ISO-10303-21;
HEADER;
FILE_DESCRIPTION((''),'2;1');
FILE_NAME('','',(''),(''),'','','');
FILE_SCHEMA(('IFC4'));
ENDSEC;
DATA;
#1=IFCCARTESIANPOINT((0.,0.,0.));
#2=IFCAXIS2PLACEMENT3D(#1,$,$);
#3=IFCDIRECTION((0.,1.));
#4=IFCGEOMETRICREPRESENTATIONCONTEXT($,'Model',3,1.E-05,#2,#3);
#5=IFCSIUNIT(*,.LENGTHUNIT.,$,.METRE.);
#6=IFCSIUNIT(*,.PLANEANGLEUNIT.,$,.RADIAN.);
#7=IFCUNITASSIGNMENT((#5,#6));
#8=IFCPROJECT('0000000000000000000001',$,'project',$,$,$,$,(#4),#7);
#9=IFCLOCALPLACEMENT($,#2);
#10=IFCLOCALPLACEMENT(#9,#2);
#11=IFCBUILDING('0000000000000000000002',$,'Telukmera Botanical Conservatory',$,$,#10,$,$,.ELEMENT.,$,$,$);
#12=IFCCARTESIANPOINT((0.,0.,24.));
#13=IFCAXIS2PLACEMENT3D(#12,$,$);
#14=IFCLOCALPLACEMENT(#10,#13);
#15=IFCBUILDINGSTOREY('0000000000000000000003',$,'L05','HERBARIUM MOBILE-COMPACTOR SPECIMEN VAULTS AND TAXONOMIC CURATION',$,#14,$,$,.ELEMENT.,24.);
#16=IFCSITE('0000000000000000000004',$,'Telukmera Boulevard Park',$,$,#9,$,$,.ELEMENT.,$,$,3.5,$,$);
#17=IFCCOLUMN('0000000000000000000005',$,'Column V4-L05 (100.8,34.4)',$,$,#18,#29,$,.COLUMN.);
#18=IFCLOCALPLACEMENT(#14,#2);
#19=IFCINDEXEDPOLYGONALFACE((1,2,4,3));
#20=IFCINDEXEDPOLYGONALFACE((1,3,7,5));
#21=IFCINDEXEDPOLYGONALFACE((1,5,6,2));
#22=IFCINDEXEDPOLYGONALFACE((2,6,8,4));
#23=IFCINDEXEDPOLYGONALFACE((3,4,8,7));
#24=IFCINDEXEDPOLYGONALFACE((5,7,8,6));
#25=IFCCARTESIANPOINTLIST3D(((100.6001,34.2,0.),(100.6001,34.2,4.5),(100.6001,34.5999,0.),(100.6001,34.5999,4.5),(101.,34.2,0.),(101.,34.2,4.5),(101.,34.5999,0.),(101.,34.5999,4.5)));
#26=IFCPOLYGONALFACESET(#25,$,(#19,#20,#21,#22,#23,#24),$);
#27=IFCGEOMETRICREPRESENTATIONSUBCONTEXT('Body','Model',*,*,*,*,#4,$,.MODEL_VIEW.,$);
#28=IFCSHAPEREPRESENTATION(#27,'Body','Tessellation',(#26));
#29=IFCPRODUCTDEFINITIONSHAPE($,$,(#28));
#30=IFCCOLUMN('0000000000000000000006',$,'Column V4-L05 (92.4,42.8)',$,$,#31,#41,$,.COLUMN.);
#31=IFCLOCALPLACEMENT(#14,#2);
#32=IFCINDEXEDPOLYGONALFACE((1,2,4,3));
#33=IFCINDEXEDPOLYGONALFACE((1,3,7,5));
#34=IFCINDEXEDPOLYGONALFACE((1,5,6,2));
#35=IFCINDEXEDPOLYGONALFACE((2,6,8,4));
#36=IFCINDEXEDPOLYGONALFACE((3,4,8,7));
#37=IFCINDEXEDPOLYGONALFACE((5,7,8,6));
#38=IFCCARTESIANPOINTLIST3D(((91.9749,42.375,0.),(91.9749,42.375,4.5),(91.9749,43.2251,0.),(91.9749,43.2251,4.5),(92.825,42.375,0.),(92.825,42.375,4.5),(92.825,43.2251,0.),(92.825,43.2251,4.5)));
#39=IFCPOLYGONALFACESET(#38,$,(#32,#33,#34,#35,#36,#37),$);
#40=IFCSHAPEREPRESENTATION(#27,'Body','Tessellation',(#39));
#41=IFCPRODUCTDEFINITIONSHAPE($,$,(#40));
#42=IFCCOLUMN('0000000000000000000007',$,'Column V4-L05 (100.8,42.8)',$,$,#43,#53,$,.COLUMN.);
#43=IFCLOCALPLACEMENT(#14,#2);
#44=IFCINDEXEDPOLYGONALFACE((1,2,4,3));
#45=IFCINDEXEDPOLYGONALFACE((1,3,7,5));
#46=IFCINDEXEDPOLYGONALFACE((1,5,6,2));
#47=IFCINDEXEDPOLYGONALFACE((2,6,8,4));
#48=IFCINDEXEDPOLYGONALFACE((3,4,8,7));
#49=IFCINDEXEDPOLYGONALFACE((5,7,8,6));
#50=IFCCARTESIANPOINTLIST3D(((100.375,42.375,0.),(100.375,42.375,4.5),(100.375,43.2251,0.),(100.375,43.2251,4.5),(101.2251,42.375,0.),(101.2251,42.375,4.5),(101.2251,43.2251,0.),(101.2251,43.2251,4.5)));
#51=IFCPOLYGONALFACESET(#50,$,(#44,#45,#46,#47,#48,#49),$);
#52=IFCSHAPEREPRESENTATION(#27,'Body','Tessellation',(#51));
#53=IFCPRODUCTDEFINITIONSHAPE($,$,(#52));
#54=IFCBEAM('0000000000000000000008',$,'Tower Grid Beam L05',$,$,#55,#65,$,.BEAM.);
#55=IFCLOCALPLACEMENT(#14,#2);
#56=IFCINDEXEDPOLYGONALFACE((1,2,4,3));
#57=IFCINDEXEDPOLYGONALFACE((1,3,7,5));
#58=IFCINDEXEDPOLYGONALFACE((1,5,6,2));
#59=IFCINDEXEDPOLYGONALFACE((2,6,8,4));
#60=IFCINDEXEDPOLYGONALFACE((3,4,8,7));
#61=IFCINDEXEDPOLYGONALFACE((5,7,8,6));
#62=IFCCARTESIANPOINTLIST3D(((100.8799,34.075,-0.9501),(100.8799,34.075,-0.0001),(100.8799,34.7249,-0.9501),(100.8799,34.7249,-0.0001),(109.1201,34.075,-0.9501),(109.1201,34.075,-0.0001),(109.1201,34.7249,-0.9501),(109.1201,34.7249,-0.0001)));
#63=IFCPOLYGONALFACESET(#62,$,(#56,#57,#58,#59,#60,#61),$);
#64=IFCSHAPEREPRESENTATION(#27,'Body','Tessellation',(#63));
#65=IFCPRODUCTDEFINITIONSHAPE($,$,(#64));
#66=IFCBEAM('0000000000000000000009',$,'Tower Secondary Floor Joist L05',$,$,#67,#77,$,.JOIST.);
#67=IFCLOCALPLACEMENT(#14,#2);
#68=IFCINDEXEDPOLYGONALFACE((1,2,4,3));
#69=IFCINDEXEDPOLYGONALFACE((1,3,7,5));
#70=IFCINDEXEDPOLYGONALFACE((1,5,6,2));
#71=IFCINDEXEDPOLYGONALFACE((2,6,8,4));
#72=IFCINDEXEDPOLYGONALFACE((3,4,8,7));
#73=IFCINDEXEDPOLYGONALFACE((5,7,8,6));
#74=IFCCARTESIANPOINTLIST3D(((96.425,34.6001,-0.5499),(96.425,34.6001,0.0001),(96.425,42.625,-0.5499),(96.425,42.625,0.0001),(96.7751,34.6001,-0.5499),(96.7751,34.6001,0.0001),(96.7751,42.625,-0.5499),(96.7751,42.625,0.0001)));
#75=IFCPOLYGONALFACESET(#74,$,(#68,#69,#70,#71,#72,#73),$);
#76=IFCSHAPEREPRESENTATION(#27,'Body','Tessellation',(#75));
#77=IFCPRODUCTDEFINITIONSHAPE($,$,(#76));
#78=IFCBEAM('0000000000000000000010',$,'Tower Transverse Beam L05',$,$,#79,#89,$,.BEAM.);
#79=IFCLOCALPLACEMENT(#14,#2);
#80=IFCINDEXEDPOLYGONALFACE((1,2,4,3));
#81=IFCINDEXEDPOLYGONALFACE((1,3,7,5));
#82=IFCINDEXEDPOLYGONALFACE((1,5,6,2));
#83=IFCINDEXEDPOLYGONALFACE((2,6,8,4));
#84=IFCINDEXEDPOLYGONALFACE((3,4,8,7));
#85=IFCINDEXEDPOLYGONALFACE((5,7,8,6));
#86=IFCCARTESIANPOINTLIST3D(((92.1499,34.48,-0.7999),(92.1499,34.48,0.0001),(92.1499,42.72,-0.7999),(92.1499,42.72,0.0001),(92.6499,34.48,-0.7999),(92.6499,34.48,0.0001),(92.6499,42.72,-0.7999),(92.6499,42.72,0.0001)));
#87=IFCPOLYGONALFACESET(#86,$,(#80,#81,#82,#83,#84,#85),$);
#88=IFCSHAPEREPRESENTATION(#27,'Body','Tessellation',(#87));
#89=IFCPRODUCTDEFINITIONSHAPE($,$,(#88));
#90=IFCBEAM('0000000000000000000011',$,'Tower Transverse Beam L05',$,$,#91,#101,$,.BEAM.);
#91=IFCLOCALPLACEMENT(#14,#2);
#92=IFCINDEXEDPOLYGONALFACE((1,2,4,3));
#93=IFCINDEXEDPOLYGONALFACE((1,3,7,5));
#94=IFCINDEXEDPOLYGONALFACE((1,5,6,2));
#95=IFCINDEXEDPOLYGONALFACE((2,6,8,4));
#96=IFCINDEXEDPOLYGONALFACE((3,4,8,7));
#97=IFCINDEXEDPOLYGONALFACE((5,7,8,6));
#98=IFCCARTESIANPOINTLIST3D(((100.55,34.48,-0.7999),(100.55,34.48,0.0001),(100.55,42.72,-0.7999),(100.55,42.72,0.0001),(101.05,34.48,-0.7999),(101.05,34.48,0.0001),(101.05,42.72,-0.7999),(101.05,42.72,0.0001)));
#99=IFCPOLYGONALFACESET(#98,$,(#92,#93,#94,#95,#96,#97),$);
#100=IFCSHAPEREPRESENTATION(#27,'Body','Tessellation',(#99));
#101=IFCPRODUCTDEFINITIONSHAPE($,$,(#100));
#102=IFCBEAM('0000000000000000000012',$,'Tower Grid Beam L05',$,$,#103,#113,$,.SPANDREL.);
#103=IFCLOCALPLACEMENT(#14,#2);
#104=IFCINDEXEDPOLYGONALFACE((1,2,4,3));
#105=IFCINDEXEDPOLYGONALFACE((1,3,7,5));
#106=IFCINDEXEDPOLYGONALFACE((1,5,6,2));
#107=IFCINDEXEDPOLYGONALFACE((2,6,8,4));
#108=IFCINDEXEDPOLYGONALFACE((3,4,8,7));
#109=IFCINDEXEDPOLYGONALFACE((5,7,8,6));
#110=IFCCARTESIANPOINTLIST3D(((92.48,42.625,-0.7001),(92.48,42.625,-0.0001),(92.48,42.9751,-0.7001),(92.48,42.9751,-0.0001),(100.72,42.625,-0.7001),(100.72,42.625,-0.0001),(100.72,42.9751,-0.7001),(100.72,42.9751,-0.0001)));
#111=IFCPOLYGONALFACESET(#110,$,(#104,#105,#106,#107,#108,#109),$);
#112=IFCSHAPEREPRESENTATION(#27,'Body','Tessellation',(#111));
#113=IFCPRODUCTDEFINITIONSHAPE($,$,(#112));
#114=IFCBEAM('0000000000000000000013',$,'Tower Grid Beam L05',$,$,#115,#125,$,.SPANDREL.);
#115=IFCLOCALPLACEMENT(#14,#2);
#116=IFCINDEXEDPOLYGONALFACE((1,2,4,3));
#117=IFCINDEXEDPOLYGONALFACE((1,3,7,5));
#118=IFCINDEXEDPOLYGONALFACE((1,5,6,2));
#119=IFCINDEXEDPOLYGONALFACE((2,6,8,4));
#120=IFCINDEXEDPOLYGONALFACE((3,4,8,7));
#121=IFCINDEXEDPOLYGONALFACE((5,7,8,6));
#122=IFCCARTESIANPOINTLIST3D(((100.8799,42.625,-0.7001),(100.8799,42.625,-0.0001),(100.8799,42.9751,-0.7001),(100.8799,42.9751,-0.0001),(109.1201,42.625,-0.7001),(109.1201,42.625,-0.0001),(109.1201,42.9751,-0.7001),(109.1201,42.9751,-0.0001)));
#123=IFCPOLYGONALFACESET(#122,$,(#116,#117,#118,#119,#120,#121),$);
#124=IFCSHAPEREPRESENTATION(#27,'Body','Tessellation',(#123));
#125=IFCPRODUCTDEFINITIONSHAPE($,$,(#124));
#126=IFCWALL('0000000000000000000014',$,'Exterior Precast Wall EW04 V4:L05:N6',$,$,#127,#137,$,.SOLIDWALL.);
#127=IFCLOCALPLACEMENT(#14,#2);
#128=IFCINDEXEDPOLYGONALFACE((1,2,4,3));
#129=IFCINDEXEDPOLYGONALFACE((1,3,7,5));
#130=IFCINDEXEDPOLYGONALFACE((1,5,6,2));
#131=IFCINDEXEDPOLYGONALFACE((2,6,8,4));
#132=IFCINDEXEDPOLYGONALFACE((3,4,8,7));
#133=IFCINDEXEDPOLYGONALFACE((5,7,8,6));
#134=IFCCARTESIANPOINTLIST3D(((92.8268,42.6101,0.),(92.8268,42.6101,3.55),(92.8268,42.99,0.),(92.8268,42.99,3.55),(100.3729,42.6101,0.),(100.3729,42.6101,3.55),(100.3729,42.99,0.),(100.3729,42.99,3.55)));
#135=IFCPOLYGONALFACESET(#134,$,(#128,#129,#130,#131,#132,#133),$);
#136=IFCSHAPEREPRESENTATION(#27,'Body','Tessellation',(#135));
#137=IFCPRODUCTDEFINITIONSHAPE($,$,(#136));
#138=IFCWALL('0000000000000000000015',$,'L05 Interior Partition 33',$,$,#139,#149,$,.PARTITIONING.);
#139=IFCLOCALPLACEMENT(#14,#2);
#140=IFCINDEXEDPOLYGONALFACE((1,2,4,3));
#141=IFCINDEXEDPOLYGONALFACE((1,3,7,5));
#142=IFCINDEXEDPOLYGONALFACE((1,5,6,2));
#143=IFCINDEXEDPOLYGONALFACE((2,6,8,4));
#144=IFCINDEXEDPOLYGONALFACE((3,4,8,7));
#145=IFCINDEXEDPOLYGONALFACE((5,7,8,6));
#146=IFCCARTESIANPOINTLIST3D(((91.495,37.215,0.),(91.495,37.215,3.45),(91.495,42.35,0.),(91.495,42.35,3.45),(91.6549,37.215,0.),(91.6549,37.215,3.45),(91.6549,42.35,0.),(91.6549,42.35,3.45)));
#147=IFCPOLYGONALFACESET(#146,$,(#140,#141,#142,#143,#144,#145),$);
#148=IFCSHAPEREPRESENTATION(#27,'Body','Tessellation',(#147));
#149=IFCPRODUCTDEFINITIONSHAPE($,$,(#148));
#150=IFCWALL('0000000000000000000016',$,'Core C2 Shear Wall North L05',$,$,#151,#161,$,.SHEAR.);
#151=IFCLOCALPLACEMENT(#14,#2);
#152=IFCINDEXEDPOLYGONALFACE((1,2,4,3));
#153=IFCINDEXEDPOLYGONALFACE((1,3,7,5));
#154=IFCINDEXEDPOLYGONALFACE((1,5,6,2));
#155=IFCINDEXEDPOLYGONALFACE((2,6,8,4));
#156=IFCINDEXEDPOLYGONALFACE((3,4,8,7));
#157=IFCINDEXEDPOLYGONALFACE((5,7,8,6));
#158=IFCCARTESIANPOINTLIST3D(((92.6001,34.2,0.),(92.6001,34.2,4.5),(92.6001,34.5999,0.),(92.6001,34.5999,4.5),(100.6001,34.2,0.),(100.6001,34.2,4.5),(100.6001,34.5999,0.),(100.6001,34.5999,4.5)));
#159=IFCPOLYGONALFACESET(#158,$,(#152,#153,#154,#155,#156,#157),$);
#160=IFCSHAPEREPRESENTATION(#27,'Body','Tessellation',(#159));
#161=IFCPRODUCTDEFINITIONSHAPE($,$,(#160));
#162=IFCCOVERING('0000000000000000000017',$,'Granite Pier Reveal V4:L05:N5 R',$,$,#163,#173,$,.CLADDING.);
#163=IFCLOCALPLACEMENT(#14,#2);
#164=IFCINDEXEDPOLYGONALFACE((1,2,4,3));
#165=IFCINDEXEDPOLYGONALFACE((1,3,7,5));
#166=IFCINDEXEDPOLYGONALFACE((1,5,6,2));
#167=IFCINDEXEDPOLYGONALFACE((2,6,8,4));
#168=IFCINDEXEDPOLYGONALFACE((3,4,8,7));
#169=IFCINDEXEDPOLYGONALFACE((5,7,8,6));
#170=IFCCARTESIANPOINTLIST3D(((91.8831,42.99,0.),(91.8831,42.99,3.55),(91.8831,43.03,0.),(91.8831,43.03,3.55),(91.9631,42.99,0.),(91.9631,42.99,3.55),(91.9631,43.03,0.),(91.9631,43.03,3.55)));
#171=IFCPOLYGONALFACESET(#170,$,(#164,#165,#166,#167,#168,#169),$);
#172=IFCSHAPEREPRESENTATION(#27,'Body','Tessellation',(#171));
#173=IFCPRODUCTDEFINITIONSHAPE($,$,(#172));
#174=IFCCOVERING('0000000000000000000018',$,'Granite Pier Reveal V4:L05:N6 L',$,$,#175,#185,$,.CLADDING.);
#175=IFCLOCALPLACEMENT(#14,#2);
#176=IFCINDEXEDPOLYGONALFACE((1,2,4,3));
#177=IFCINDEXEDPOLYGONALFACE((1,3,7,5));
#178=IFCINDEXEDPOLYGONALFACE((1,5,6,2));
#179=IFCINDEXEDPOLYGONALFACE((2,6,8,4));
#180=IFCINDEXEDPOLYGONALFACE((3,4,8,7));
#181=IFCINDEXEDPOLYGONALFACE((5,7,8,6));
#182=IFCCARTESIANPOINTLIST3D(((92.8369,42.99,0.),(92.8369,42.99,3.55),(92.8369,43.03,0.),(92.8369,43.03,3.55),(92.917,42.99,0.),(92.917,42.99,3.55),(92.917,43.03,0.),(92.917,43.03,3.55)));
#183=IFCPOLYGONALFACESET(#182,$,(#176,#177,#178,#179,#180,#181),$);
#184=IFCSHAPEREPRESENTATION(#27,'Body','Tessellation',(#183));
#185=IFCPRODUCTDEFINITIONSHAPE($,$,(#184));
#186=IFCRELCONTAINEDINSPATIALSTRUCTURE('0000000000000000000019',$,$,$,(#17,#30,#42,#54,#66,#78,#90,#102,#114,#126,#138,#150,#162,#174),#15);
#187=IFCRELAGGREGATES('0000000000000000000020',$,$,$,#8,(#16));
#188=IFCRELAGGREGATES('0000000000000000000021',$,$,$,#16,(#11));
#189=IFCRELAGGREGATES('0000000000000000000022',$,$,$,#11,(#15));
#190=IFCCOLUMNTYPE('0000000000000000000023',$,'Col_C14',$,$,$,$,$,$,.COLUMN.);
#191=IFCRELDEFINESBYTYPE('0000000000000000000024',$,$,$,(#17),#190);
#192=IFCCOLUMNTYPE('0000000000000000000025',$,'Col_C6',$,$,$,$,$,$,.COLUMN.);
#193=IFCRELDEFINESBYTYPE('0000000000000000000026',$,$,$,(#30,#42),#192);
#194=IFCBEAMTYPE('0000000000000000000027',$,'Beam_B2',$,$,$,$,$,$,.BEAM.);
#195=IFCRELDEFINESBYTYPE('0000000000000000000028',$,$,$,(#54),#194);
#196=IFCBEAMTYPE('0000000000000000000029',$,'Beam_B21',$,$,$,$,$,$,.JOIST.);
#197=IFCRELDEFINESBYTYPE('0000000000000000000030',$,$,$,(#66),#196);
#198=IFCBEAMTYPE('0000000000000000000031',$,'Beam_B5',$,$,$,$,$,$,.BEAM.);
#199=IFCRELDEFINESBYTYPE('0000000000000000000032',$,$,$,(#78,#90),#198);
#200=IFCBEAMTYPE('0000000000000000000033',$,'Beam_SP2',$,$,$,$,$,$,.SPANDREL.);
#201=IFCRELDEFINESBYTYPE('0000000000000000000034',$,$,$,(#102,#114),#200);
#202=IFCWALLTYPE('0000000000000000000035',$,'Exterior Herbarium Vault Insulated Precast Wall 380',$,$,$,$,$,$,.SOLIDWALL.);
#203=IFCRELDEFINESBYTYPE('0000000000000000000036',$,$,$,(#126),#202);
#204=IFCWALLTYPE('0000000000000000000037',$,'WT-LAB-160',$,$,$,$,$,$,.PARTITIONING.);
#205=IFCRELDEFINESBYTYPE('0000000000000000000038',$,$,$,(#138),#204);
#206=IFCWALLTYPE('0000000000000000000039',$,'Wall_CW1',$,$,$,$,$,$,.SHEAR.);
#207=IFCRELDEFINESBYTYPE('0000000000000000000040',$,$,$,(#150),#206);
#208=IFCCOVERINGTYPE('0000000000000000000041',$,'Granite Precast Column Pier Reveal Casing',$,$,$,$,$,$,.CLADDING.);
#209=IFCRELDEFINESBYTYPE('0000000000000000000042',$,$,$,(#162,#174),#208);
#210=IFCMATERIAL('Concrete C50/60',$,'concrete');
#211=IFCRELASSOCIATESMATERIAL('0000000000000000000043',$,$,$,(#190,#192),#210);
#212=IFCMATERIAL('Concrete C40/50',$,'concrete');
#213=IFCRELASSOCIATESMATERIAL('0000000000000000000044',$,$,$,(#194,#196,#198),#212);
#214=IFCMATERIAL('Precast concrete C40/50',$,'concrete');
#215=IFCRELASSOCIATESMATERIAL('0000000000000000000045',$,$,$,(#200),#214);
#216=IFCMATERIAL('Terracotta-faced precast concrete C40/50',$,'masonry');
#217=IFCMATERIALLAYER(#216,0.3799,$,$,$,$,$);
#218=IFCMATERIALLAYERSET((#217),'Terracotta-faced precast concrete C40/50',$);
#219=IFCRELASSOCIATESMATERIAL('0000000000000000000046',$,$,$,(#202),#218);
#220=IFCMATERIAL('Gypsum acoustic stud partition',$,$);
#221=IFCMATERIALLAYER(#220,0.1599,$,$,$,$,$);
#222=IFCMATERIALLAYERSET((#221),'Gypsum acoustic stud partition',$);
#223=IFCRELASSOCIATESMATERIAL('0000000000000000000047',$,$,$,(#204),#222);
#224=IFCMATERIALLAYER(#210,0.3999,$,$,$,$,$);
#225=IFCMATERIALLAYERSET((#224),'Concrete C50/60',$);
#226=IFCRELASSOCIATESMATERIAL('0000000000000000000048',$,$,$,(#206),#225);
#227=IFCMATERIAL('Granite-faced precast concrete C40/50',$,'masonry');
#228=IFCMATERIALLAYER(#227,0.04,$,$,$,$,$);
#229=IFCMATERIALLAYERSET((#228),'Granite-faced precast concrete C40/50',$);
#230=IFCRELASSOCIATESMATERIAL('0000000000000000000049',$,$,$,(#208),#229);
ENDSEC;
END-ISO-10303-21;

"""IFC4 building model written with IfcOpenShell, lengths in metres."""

from ifc_helpers import new_model, si_unit, direction, frame, frame_2d, origin, origin_2d, place, context, subcontext, project, spatial, rectangle, extrude, material, layer, layer_set, material_profile, profile_set, type_object, element, save


model = new_model("IFC4")

# Units and contexts
model_context = context("Model", 3, precision=1e-05, world=origin(), true_north=direction((0.0, 1.0)))
body_context = subcontext(model_context, "Body", "Model", "MODEL_VIEW")
ifc_project = project(units=[si_unit("LENGTHUNIT", "METRE"), si_unit("PLANEANGLEUNIT", "RADIAN")], contexts=[model_context])

# Site, building, storey
site_placement = place(None, origin())
site = spatial("IfcSite", under=ifc_project, at=site_placement, Name="Telukmera Boulevard Park", CompositionType="ELEMENT", RefElevation=3.5)
building_placement = place(site_placement, origin())
building = spatial("IfcBuilding", under=site, at=building_placement, Name="Telukmera Botanical Conservatory", CompositionType="ELEMENT")
storey_placement = place(building_placement, frame((0.0, 0.0, 24.0)))
storey = spatial("IfcBuildingStorey", under=building, at=storey_placement, Name="L05", Description="HERBARIUM MOBILE-COMPACTOR SPECIMEN VAULTS AND TAXONOMIC CURATION", CompositionType="ELEMENT", Elevation=24.0)

# Columns
ifc_material_1 = material(Name="Concrete C50/60", Category="concrete")
ifc_material_profile_1 = material_profile(ifc_material_1, rectangle(XDim=0.3999, YDim=0.3999, at=origin_2d()), Name="RC 400x400")
ifc_profile_set_1 = profile_set([ifc_material_profile_1], Name="Concrete C50/60")
column_type_1 = type_object("IfcColumnType", Name="Col_C14", PredefinedType="COLUMN", material=ifc_profile_set_1)
column_placement = place(storey_placement, frame((100.8, 34.3999, 0.0), z_axis=(0.0, 0.0, 1.0), x_axis=(1.0, 0.0, 0.0)))
element("IfcColumn", 1, at=column_placement, inside=storey, type_object=column_type_1, Name="Column V4-L05 (100.8,34.4)", PredefinedType="COLUMN", context=body_context, shape_type="SweptSolid", body=[
    extrude(rectangle(XDim=0.3999, YDim=0.3999, at=origin_2d()), origin(), (0.0, 0.0, 1.0), 4.5),
])
ifc_material_profile_2 = material_profile(ifc_material_1, rectangle(XDim=0.8501, YDim=0.8501, at=origin_2d()), Name="RC 850x850")
ifc_profile_set_2 = profile_set([ifc_material_profile_2], Name="Concrete C50/60")
column_type_2 = type_object("IfcColumnType", Name="Col_C6", PredefinedType="COLUMN", material=ifc_profile_set_2)
for number, where, z_axis, x_axis, name in (
    (2, (92.3999, 42.8, 0.0), (0.0, 0.0, 1.0), (1.0, 0.0, 0.0), "Column V4-L05 (92.4,42.8)"),
    (3, (100.8, 42.8, 0.0), (0.0, 0.0, 1.0), (1.0, 0.0, 0.0), "Column V4-L05 (100.8,42.8)"),
):
    element("IfcColumn", number, at=place(storey_placement, frame(where, z_axis=z_axis, x_axis=x_axis)), inside=storey, type_object=column_type_2, Name=name, PredefinedType="COLUMN", context=body_context, shape_type="SweptSolid", body=[
        extrude(rectangle(XDim=0.8501, YDim=0.8501, at=origin_2d()), origin(), (0.0, 0.0, 1.0), 4.5),
    ])

# Beams
ifc_material_2 = material(Name="Concrete C40/50", Category="concrete")
ifc_material_profile_3 = material_profile(ifc_material_2, rectangle(XDim=0.6499, YDim=0.95, at=origin_2d()), Name="RC 650x950")
ifc_profile_set_3 = profile_set([ifc_material_profile_3], Name="Concrete C40/50")
beam_type_1 = type_object("IfcBeamType", Name="Beam_B2", PredefinedType="BEAM", material=ifc_profile_set_3)
beam_1_placement = place(storey_placement, frame((100.8799, 34.3999, -0.4751), z_axis=(1.0, 0.0, 0.0), x_axis=(0.0, 1.0, 0.0)))
element("IfcBeam", 4, at=beam_1_placement, inside=storey, type_object=beam_type_1, Name="Tower Grid Beam L05", PredefinedType="BEAM", context=body_context, shape_type="SweptSolid", body=[
    extrude(rectangle(XDim=0.6499, YDim=0.95, at=origin_2d()), origin(), (0.0, 0.0, 1.0), 8.2402),
])
ifc_material_profile_4 = material_profile(ifc_material_2, rectangle(XDim=0.3501, YDim=0.55, at=origin_2d()), Name="RC 350x550")
ifc_profile_set_4 = profile_set([ifc_material_profile_4], Name="Concrete C40/50")
beam_type_2 = type_object("IfcBeamType", Name="Beam_B21", PredefinedType="JOIST", material=ifc_profile_set_4)
beam_2_placement = place(storey_placement, frame((96.6001, 34.6001, -0.2749), z_axis=(0.0, 1.0, 0.0), x_axis=(-1.0, 0.0, 0.0)))
element("IfcBeam", 5, at=beam_2_placement, inside=storey, type_object=beam_type_2, Name="Tower Secondary Floor Joist L05", PredefinedType="JOIST", context=body_context, shape_type="SweptSolid", body=[
    extrude(rectangle(XDim=0.3501, YDim=0.55, at=origin_2d()), origin(), (0.0, 0.0, 1.0), 8.0249),
])
ifc_material_profile_5 = material_profile(ifc_material_2, rectangle(XDim=0.5, YDim=0.8, at=origin_2d()), Name="RC 500x800")
ifc_profile_set_5 = profile_set([ifc_material_profile_5], Name="Concrete C40/50")
beam_type_3 = type_object("IfcBeamType", Name="Beam_B5", PredefinedType="BEAM", material=ifc_profile_set_5)
for number, where, z_axis, x_axis, name in (
    (6, (92.3999, 34.48, -0.3999), (0.0, 1.0, 0.0), (-1.0, 0.0, 0.0), "Tower Transverse Beam L05"),
    (7, (100.8, 34.48, -0.3999), (0.0, 1.0, 0.0), (-1.0, 0.0, 0.0), "Tower Transverse Beam L05"),
):
    element("IfcBeam", number, at=place(storey_placement, frame(where, z_axis=z_axis, x_axis=x_axis)), inside=storey, type_object=beam_type_3, Name=name, PredefinedType="BEAM", context=body_context, shape_type="SweptSolid", body=[
        extrude(rectangle(XDim=0.5, YDim=0.8, at=origin_2d()), origin(), (0.0, 0.0, 1.0), 8.24),
    ])
ifc_material_3 = material(Name="Precast concrete C40/50", Category="concrete")
ifc_material_profile_6 = material_profile(ifc_material_3, rectangle(XDim=0.3501, YDim=0.7, at=origin_2d()), Name="PC 350x700")
ifc_profile_set_6 = profile_set([ifc_material_profile_6], Name="Precast concrete C40/50")
beam_type_4 = type_object("IfcBeamType", Name="Beam_SP2", PredefinedType="SPANDREL", material=ifc_profile_set_6)
beam_3_placement = place(storey_placement, frame((92.48, 42.8, -0.3501), z_axis=(1.0, 0.0, 0.0), x_axis=(0.0, 1.0, 0.0)))
element("IfcBeam", 8, at=beam_3_placement, inside=storey, type_object=beam_type_4, Name="Tower Grid Beam L05", PredefinedType="SPANDREL", context=body_context, shape_type="SweptSolid", body=[
    extrude(rectangle(XDim=0.3501, YDim=0.7, at=origin_2d()), origin(), (0.0, 0.0, 1.0), 8.24),
])
beam_4_placement = place(storey_placement, frame((100.8799, 42.8, -0.3501), z_axis=(1.0, 0.0, 0.0), x_axis=(0.0, 1.0, 0.0)))
element("IfcBeam", 9, at=beam_4_placement, inside=storey, type_object=beam_type_4, Name="Tower Grid Beam L05", PredefinedType="SPANDREL", context=body_context, shape_type="SweptSolid", body=[
    extrude(rectangle(XDim=0.3501, YDim=0.7, at=origin_2d()), origin(), (0.0, 0.0, 1.0), 8.2402),
])

# Walls
ifc_material_4 = material(Name="Terracotta-faced precast concrete C40/50", Category="masonry")
ifc_layer_1 = layer(ifc_material_4, 0.3799)
ifc_layer_set_1 = layer_set([ifc_layer_1], Name="Terracotta-faced precast concrete C40/50")
wall_type_1 = type_object("IfcWallType", Name="Exterior Herbarium Vault Insulated Precast Wall 380", PredefinedType="SOLIDWALL", material=ifc_layer_set_1)
wall_1_placement = place(storey_placement, frame((92.8269, 42.8, 0.0), z_axis=(0.0, 0.0, 1.0), x_axis=(1.0, 0.0, 0.0)))
element("IfcWall", 10, at=wall_1_placement, inside=storey, type_object=wall_type_1, Name="Exterior Precast Wall EW04 V4:L05:N6", PredefinedType="SOLIDWALL", context=body_context, shape_type="SweptSolid", body=[
    extrude(rectangle(XDim=7.5461, YDim=0.3799, at=frame_2d((3.7729, 0.0))), origin(), (0.0, 0.0, 1.0), 3.55),
])
ifc_material_5 = material(Name="Gypsum acoustic stud partition")
ifc_layer_2 = layer(ifc_material_5, 0.1599)
ifc_layer_set_2 = layer_set([ifc_layer_2], Name="Gypsum acoustic stud partition")
wall_type_2 = type_object("IfcWallType", Name="WT-LAB-160", PredefinedType="PARTITIONING", material=ifc_layer_set_2)
wall_2_placement = place(storey_placement, frame((91.575, 37.2151, 0.0), z_axis=(0.0, 0.0, 1.0), x_axis=(0.0, 1.0, 0.0)))
element("IfcWall", 11, at=wall_2_placement, inside=storey, type_object=wall_type_2, Name="L05 Interior Partition 33", PredefinedType="PARTITIONING", context=body_context, shape_type="SweptSolid", body=[
    extrude(rectangle(XDim=5.135, YDim=0.1599, at=frame_2d((2.5674, 0.0))), origin(), (0.0, 0.0, 1.0), 3.45),
])
ifc_layer_3 = layer(ifc_material_1, 0.3999)
ifc_layer_set_3 = layer_set([ifc_layer_3], Name="Concrete C50/60")
wall_type_3 = type_object("IfcWallType", Name="Wall_CW1", PredefinedType="SHEAR", material=ifc_layer_set_3)
wall_3_placement = place(storey_placement, frame((92.6001, 34.3999, 0.0), z_axis=(0.0, 0.0, 1.0), x_axis=(1.0, 0.0, 0.0)))
element("IfcWall", 12, at=wall_3_placement, inside=storey, type_object=wall_type_3, Name="Core C2 Shear Wall North L05", PredefinedType="SHEAR", context=body_context, shape_type="SweptSolid", body=[
    extrude(rectangle(XDim=8.0, YDim=0.3999, at=frame_2d((4.0, 0.0))), origin(), (0.0, 0.0, 1.0), 4.5),
])

# Coverings
ifc_material_6 = material(Name="Granite-faced precast concrete C40/50", Category="masonry")
ifc_layer_4 = layer(ifc_material_6, 0.04)
ifc_layer_set_4 = layer_set([ifc_layer_4], Name="Granite-faced precast concrete C40/50")
covering_type_1 = type_object("IfcCoveringType", Name="Granite Precast Column Pier Reveal Casing", PredefinedType="CLADDING", material=ifc_layer_set_4)
for number, where, z_axis, x_axis, name in (
    (13, (91.9231, 43.01, 0.0), (0.0, 0.0, 1.0), (1.0, 0.0, 0.0), "Granite Pier Reveal V4:L05:N5 R"),
    (14, (92.877, 43.01, 0.0), (0.0, 0.0, 1.0), (1.0, 0.0, 0.0), "Granite Pier Reveal V4:L05:N6 L"),
):
    element("IfcCovering", number, at=place(storey_placement, frame(where, z_axis=z_axis, x_axis=x_axis)), inside=storey, type_object=covering_type_1, Name=name, PredefinedType="CLADDING", context=body_context, shape_type="SweptSolid", body=[
        extrude(rectangle(XDim=0.0801, YDim=0.04, at=origin_2d()), origin(), (0.0, 0.0, 1.0), 3.55),
    ])

save(model, "model.ifc")
